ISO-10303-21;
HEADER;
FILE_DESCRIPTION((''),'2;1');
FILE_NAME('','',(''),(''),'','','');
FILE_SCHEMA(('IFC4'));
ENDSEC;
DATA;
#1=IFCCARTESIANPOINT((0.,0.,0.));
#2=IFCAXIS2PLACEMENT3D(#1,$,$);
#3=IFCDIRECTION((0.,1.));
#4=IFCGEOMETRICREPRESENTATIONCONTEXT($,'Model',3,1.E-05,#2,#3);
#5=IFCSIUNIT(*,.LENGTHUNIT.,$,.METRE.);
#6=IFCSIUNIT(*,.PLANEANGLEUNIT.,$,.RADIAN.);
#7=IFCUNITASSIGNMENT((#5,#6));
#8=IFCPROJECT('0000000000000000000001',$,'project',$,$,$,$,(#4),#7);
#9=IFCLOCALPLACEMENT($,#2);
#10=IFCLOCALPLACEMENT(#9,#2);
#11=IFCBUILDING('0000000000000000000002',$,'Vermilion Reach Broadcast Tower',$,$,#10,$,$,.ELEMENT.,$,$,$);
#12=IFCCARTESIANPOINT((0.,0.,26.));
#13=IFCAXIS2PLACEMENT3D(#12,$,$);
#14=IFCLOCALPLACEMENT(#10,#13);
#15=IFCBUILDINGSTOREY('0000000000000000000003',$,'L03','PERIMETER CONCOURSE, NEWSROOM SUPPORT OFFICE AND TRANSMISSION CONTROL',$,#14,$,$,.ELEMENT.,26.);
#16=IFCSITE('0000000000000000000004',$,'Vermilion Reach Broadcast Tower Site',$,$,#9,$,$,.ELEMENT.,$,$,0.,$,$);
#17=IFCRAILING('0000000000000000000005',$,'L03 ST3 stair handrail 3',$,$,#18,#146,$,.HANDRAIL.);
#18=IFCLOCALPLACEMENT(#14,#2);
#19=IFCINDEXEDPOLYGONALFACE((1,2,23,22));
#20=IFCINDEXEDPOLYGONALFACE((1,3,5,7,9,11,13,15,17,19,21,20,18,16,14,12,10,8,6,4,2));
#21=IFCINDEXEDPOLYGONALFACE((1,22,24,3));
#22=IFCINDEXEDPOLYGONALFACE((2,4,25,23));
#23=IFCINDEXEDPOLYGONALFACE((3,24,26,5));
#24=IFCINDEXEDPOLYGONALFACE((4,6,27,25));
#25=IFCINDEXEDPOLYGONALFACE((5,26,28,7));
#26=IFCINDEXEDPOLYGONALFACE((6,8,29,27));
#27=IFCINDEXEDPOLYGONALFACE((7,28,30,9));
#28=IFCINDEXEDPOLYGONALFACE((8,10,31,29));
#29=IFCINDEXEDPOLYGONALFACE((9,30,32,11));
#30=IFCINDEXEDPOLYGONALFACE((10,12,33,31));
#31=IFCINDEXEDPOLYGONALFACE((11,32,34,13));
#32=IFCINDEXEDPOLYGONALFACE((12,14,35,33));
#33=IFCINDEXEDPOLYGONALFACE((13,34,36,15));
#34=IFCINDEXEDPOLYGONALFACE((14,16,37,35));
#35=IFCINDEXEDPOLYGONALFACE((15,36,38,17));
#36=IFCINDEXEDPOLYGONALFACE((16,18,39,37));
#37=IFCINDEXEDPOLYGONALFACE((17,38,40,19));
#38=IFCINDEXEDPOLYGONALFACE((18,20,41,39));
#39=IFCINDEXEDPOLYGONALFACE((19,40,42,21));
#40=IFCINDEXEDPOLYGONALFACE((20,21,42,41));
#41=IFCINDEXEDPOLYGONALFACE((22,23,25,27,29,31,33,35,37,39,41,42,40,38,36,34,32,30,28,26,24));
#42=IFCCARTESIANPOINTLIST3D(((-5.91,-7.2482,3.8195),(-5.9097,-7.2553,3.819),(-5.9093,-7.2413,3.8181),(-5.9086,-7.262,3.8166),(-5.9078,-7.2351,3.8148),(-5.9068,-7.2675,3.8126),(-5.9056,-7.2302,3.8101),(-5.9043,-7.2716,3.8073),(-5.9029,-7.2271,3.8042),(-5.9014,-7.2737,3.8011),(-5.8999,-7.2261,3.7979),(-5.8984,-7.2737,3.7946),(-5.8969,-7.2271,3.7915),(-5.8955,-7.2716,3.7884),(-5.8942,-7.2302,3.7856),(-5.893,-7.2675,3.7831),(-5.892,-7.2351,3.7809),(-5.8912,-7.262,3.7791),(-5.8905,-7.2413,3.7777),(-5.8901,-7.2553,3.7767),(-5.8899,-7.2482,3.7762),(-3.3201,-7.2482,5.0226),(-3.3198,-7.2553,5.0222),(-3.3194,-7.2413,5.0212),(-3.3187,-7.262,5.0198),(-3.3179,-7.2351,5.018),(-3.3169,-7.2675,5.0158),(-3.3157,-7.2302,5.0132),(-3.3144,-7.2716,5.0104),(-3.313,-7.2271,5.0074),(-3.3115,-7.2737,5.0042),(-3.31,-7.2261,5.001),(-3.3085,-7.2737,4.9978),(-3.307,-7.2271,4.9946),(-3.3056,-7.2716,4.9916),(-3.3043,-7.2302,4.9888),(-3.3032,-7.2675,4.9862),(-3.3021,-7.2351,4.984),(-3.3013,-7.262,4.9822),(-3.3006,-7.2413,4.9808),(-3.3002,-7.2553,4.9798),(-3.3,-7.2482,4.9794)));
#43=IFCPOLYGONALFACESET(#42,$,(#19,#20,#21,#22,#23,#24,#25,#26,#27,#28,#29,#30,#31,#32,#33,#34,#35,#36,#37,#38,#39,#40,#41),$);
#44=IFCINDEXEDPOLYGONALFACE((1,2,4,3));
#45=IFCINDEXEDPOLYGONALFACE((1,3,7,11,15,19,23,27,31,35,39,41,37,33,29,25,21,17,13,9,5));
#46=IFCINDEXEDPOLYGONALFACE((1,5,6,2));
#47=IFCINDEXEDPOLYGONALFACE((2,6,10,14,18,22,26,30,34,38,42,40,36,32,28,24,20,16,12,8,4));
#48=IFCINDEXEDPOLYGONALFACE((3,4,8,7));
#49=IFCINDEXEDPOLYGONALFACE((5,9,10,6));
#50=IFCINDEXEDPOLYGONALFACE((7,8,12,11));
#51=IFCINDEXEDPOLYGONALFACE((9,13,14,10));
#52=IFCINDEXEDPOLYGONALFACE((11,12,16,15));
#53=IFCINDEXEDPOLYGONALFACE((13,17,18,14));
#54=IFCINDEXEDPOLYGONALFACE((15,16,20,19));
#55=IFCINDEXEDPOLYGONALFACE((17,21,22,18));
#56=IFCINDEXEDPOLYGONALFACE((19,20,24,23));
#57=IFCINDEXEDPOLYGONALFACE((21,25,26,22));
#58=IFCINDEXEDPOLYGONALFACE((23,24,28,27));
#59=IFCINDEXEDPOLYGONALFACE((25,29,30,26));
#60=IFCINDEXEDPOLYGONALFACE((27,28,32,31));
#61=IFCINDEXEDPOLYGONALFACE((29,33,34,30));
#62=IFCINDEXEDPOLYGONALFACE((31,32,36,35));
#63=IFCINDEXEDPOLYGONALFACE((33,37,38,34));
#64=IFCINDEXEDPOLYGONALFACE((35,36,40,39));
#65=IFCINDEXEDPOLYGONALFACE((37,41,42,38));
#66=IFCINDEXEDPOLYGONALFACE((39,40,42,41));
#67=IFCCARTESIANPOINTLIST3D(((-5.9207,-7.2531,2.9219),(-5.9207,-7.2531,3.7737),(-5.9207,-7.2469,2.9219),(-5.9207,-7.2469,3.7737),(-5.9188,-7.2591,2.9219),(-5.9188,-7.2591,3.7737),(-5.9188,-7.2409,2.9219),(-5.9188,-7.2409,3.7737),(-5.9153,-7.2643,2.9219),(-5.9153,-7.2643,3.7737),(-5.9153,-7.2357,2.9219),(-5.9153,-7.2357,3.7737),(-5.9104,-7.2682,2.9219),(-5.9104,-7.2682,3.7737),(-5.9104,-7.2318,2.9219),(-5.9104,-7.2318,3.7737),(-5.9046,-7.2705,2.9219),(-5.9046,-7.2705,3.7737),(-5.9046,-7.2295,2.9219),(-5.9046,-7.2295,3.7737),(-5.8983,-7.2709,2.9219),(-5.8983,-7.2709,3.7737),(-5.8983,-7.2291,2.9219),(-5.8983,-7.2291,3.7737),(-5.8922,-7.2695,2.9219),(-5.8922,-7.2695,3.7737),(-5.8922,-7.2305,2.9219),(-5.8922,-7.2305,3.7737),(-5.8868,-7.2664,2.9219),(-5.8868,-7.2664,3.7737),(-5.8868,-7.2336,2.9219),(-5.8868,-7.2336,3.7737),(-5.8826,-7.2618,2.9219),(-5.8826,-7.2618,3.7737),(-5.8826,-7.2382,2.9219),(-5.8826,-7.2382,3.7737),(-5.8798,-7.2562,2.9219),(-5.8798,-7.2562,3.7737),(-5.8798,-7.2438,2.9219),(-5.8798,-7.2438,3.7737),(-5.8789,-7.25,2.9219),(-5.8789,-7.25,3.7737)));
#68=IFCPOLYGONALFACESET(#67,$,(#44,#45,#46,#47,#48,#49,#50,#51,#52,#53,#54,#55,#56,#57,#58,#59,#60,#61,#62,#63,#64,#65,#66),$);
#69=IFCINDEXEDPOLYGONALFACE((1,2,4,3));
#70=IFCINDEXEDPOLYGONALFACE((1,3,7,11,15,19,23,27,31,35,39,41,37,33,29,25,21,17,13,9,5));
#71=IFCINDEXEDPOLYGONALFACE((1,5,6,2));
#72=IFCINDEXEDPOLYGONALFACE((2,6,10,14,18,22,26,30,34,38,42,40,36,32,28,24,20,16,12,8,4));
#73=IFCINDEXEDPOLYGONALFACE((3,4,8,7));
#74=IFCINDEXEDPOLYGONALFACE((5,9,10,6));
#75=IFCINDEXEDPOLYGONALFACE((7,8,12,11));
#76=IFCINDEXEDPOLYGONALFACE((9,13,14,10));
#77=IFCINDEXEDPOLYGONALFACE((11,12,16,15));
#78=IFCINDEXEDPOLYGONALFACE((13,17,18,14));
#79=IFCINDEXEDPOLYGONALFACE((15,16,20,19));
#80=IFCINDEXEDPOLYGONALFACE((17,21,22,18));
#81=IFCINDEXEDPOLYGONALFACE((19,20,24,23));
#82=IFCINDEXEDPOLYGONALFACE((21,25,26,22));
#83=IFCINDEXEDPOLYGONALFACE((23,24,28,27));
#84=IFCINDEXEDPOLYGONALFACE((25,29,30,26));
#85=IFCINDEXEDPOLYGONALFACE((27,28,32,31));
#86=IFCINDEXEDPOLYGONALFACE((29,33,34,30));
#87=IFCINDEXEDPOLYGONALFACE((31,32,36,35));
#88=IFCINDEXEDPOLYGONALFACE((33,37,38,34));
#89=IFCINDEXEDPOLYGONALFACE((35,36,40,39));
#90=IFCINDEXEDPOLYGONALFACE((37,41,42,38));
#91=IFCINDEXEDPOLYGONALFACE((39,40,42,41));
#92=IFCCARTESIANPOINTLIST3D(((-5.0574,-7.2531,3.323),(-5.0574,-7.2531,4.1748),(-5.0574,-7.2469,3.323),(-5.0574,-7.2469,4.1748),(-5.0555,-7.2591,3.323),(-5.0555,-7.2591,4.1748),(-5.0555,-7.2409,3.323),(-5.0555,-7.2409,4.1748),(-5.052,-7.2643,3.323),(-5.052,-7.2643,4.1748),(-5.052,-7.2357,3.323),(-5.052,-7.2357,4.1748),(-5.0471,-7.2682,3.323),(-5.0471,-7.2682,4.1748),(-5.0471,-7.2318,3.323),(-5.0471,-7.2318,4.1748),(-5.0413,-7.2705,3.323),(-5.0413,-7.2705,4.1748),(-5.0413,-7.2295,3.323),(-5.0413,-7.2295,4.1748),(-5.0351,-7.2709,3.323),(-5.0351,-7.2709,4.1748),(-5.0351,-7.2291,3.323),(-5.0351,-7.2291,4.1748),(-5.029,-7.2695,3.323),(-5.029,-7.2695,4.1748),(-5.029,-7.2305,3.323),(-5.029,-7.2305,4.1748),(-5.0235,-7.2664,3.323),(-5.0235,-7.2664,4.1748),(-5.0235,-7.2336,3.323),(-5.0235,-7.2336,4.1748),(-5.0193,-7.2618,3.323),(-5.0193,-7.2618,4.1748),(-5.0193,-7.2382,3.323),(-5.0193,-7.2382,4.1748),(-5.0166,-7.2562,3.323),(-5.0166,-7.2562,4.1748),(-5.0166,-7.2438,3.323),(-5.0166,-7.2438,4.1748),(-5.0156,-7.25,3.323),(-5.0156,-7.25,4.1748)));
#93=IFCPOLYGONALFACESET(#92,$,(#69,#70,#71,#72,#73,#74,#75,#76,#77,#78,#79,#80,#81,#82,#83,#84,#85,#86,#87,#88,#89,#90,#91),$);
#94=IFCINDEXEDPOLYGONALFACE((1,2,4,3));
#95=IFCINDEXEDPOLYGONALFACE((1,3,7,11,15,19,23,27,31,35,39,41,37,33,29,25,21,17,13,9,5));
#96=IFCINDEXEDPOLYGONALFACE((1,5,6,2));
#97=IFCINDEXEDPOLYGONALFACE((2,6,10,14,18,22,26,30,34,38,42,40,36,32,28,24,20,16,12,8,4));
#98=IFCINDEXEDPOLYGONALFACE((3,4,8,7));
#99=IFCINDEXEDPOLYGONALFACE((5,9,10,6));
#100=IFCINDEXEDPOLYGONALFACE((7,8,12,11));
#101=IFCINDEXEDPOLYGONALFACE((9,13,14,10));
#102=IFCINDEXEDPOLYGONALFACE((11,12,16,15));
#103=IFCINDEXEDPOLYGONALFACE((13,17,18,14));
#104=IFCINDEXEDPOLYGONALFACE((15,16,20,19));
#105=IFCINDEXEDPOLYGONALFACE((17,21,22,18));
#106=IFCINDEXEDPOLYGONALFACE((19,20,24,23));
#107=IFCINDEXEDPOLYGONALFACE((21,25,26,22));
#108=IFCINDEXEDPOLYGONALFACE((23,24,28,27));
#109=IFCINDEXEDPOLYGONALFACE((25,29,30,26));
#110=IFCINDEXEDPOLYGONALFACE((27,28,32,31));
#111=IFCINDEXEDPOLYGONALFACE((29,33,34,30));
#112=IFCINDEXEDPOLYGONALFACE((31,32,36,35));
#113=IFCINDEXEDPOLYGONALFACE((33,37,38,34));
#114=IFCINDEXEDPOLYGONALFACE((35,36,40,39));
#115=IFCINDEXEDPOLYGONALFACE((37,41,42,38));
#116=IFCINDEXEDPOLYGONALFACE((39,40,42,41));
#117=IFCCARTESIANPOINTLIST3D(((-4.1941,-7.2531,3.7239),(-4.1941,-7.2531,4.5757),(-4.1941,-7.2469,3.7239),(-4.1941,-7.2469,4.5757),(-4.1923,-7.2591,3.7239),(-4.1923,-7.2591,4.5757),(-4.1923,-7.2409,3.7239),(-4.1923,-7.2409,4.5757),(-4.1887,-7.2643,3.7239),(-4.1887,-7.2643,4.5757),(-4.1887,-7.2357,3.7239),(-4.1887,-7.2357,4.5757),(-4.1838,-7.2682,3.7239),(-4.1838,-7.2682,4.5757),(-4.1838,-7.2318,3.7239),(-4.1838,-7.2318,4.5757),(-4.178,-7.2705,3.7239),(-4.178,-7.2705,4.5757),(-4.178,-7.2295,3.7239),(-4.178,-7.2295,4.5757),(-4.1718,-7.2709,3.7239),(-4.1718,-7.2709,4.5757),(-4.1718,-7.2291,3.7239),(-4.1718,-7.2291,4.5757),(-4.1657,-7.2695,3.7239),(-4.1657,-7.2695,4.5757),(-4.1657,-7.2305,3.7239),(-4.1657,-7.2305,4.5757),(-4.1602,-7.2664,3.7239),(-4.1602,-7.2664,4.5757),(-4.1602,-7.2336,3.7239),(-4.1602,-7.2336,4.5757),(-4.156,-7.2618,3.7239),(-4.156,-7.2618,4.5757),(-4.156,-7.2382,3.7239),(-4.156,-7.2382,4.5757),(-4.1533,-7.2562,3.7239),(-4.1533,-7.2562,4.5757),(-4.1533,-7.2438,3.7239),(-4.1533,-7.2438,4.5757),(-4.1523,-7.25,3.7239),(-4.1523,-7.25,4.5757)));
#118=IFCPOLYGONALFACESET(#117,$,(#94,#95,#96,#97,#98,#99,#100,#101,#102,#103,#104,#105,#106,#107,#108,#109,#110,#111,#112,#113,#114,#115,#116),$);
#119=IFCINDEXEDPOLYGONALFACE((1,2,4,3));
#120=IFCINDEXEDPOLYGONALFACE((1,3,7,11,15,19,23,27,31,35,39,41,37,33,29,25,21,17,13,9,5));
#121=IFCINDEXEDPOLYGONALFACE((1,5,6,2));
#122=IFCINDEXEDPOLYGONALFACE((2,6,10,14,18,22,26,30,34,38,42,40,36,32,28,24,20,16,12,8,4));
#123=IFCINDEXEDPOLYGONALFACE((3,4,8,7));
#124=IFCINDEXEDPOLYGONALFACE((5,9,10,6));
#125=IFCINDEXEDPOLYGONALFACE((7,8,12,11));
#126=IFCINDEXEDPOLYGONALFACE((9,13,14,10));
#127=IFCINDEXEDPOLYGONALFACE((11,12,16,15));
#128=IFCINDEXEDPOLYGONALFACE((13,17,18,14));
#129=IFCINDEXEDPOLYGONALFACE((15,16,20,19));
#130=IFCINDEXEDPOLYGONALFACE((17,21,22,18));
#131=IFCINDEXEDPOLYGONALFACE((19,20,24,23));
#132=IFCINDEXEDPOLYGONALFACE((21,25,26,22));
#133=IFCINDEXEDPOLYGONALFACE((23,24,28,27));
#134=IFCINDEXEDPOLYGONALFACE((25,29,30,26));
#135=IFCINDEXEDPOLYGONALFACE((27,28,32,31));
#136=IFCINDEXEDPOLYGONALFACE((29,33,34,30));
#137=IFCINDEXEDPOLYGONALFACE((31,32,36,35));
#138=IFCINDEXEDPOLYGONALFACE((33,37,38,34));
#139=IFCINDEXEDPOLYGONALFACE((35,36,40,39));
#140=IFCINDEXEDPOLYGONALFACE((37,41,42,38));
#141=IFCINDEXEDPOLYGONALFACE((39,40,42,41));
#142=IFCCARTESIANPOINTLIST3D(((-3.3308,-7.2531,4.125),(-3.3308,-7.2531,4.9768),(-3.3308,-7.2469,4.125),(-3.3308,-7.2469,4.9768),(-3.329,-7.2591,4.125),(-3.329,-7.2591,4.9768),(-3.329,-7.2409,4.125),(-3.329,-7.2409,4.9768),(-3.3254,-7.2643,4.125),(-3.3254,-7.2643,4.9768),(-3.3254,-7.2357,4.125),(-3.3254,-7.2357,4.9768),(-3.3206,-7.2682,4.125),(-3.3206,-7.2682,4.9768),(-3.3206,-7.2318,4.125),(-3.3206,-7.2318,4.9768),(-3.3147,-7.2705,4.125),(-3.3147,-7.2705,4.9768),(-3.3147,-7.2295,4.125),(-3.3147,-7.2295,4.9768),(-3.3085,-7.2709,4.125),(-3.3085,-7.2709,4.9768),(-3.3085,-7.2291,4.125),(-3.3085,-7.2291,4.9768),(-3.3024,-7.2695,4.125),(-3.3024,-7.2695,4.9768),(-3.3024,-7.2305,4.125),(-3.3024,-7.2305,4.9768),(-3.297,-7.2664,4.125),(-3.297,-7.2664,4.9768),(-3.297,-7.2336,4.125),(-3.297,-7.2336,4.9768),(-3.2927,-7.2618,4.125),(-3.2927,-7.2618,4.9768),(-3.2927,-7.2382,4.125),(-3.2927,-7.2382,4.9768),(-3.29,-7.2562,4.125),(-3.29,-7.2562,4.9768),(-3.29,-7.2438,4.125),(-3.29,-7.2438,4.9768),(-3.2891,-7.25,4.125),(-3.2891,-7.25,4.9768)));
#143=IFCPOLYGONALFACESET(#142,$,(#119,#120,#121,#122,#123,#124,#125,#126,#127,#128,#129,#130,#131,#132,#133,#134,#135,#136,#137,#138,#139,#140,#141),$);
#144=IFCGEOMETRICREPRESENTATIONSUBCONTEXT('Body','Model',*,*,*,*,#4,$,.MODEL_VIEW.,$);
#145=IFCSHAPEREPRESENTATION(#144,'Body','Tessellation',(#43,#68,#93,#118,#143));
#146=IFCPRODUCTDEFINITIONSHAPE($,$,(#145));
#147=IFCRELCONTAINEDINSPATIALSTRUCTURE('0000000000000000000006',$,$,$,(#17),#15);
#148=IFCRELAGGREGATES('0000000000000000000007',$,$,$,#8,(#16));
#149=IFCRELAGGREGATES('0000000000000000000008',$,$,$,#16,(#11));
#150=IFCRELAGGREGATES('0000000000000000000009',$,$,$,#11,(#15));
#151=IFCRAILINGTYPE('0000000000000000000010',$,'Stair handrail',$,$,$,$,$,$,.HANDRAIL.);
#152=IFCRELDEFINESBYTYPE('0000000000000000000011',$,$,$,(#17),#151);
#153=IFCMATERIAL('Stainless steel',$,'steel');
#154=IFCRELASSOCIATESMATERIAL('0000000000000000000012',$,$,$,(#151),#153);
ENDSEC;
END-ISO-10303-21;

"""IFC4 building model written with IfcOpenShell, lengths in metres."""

from ifc_helpers import new_model, si_unit, direction, frame, origin, origin_2d, place, context, subcontext, project, spatial, circle, extrude, material, type_object, element, save


model = new_model("IFC4")

# Units and contexts
model_context = context("Model", 3, precision=1e-05, world=origin(), true_north=direction((0.0, 1.0)))
body_context = subcontext(model_context, "Body", "Model", "MODEL_VIEW")
ifc_project = project(units=[si_unit("LENGTHUNIT", "METRE"), si_unit("PLANEANGLEUNIT", "RADIAN")], contexts=[model_context])

# Site, building, storey
site_placement = place(None, origin())
site = spatial("IfcSite", under=ifc_project, at=site_placement, Name="Vermilion Reach Broadcast Tower Site", CompositionType="ELEMENT", RefElevation=0.0)
building_placement = place(site_placement, origin())
building = spatial("IfcBuilding", under=site, at=building_placement, Name="Vermilion Reach Broadcast Tower", CompositionType="ELEMENT")
storey_placement = place(building_placement, frame((0.0, 0.0, 26.0)))
storey = spatial("IfcBuildingStorey", under=building, at=storey_placement, Name="L03", Description="PERIMETER CONCOURSE, NEWSROOM SUPPORT OFFICE AND TRANSMISSION CONTROL", CompositionType="ELEMENT", Elevation=26.0)

# Railing
ifc_material_1 = material(Name="Stainless steel", Category="steel")
railing_type_1 = type_object("IfcRailingType", Name="Stair handrail", PredefinedType="HANDRAIL", material=ifc_material_1)
railing_1_placement = place(storey_placement, frame((-5.8999, -7.25, 2.9219)))
element("IfcRailing", 1, at=railing_1_placement, inside=storey, type_object=railing_type_1, Name="L03 ST3 stair handrail 3", PredefinedType="HANDRAIL", context=body_context, shape_type="SweptSolid", body=[
    extrude(circle(Radius=0.0239, at=origin_2d()), frame((0.0, 0.0, 0.876), z_axis=(0.906916, 0.0, 0.421312), x_axis=(0.0, 1.0, 0.0)), (0.0, 0.0, 1.0), 2.8557),
    extrude(circle(Radius=0.021, at=origin_2d()), origin(), (0.0, 0.0, 1.0), 0.8518),
    extrude(circle(Radius=0.021, at=origin_2d()), frame((0.8633, 0.0, 0.4011)), (0.0, 0.0, 1.0), 0.8518),
    extrude(circle(Radius=0.021, at=origin_2d()), frame((1.7266, 0.0, 0.802)), (0.0, 0.0, 1.0), 0.8518),
    extrude(circle(Radius=0.021, at=origin_2d()), frame((2.5898, 0.0, 1.2031)), (0.0, 0.0, 1.0), 0.8518),
])

save(model, "model.ifc")
